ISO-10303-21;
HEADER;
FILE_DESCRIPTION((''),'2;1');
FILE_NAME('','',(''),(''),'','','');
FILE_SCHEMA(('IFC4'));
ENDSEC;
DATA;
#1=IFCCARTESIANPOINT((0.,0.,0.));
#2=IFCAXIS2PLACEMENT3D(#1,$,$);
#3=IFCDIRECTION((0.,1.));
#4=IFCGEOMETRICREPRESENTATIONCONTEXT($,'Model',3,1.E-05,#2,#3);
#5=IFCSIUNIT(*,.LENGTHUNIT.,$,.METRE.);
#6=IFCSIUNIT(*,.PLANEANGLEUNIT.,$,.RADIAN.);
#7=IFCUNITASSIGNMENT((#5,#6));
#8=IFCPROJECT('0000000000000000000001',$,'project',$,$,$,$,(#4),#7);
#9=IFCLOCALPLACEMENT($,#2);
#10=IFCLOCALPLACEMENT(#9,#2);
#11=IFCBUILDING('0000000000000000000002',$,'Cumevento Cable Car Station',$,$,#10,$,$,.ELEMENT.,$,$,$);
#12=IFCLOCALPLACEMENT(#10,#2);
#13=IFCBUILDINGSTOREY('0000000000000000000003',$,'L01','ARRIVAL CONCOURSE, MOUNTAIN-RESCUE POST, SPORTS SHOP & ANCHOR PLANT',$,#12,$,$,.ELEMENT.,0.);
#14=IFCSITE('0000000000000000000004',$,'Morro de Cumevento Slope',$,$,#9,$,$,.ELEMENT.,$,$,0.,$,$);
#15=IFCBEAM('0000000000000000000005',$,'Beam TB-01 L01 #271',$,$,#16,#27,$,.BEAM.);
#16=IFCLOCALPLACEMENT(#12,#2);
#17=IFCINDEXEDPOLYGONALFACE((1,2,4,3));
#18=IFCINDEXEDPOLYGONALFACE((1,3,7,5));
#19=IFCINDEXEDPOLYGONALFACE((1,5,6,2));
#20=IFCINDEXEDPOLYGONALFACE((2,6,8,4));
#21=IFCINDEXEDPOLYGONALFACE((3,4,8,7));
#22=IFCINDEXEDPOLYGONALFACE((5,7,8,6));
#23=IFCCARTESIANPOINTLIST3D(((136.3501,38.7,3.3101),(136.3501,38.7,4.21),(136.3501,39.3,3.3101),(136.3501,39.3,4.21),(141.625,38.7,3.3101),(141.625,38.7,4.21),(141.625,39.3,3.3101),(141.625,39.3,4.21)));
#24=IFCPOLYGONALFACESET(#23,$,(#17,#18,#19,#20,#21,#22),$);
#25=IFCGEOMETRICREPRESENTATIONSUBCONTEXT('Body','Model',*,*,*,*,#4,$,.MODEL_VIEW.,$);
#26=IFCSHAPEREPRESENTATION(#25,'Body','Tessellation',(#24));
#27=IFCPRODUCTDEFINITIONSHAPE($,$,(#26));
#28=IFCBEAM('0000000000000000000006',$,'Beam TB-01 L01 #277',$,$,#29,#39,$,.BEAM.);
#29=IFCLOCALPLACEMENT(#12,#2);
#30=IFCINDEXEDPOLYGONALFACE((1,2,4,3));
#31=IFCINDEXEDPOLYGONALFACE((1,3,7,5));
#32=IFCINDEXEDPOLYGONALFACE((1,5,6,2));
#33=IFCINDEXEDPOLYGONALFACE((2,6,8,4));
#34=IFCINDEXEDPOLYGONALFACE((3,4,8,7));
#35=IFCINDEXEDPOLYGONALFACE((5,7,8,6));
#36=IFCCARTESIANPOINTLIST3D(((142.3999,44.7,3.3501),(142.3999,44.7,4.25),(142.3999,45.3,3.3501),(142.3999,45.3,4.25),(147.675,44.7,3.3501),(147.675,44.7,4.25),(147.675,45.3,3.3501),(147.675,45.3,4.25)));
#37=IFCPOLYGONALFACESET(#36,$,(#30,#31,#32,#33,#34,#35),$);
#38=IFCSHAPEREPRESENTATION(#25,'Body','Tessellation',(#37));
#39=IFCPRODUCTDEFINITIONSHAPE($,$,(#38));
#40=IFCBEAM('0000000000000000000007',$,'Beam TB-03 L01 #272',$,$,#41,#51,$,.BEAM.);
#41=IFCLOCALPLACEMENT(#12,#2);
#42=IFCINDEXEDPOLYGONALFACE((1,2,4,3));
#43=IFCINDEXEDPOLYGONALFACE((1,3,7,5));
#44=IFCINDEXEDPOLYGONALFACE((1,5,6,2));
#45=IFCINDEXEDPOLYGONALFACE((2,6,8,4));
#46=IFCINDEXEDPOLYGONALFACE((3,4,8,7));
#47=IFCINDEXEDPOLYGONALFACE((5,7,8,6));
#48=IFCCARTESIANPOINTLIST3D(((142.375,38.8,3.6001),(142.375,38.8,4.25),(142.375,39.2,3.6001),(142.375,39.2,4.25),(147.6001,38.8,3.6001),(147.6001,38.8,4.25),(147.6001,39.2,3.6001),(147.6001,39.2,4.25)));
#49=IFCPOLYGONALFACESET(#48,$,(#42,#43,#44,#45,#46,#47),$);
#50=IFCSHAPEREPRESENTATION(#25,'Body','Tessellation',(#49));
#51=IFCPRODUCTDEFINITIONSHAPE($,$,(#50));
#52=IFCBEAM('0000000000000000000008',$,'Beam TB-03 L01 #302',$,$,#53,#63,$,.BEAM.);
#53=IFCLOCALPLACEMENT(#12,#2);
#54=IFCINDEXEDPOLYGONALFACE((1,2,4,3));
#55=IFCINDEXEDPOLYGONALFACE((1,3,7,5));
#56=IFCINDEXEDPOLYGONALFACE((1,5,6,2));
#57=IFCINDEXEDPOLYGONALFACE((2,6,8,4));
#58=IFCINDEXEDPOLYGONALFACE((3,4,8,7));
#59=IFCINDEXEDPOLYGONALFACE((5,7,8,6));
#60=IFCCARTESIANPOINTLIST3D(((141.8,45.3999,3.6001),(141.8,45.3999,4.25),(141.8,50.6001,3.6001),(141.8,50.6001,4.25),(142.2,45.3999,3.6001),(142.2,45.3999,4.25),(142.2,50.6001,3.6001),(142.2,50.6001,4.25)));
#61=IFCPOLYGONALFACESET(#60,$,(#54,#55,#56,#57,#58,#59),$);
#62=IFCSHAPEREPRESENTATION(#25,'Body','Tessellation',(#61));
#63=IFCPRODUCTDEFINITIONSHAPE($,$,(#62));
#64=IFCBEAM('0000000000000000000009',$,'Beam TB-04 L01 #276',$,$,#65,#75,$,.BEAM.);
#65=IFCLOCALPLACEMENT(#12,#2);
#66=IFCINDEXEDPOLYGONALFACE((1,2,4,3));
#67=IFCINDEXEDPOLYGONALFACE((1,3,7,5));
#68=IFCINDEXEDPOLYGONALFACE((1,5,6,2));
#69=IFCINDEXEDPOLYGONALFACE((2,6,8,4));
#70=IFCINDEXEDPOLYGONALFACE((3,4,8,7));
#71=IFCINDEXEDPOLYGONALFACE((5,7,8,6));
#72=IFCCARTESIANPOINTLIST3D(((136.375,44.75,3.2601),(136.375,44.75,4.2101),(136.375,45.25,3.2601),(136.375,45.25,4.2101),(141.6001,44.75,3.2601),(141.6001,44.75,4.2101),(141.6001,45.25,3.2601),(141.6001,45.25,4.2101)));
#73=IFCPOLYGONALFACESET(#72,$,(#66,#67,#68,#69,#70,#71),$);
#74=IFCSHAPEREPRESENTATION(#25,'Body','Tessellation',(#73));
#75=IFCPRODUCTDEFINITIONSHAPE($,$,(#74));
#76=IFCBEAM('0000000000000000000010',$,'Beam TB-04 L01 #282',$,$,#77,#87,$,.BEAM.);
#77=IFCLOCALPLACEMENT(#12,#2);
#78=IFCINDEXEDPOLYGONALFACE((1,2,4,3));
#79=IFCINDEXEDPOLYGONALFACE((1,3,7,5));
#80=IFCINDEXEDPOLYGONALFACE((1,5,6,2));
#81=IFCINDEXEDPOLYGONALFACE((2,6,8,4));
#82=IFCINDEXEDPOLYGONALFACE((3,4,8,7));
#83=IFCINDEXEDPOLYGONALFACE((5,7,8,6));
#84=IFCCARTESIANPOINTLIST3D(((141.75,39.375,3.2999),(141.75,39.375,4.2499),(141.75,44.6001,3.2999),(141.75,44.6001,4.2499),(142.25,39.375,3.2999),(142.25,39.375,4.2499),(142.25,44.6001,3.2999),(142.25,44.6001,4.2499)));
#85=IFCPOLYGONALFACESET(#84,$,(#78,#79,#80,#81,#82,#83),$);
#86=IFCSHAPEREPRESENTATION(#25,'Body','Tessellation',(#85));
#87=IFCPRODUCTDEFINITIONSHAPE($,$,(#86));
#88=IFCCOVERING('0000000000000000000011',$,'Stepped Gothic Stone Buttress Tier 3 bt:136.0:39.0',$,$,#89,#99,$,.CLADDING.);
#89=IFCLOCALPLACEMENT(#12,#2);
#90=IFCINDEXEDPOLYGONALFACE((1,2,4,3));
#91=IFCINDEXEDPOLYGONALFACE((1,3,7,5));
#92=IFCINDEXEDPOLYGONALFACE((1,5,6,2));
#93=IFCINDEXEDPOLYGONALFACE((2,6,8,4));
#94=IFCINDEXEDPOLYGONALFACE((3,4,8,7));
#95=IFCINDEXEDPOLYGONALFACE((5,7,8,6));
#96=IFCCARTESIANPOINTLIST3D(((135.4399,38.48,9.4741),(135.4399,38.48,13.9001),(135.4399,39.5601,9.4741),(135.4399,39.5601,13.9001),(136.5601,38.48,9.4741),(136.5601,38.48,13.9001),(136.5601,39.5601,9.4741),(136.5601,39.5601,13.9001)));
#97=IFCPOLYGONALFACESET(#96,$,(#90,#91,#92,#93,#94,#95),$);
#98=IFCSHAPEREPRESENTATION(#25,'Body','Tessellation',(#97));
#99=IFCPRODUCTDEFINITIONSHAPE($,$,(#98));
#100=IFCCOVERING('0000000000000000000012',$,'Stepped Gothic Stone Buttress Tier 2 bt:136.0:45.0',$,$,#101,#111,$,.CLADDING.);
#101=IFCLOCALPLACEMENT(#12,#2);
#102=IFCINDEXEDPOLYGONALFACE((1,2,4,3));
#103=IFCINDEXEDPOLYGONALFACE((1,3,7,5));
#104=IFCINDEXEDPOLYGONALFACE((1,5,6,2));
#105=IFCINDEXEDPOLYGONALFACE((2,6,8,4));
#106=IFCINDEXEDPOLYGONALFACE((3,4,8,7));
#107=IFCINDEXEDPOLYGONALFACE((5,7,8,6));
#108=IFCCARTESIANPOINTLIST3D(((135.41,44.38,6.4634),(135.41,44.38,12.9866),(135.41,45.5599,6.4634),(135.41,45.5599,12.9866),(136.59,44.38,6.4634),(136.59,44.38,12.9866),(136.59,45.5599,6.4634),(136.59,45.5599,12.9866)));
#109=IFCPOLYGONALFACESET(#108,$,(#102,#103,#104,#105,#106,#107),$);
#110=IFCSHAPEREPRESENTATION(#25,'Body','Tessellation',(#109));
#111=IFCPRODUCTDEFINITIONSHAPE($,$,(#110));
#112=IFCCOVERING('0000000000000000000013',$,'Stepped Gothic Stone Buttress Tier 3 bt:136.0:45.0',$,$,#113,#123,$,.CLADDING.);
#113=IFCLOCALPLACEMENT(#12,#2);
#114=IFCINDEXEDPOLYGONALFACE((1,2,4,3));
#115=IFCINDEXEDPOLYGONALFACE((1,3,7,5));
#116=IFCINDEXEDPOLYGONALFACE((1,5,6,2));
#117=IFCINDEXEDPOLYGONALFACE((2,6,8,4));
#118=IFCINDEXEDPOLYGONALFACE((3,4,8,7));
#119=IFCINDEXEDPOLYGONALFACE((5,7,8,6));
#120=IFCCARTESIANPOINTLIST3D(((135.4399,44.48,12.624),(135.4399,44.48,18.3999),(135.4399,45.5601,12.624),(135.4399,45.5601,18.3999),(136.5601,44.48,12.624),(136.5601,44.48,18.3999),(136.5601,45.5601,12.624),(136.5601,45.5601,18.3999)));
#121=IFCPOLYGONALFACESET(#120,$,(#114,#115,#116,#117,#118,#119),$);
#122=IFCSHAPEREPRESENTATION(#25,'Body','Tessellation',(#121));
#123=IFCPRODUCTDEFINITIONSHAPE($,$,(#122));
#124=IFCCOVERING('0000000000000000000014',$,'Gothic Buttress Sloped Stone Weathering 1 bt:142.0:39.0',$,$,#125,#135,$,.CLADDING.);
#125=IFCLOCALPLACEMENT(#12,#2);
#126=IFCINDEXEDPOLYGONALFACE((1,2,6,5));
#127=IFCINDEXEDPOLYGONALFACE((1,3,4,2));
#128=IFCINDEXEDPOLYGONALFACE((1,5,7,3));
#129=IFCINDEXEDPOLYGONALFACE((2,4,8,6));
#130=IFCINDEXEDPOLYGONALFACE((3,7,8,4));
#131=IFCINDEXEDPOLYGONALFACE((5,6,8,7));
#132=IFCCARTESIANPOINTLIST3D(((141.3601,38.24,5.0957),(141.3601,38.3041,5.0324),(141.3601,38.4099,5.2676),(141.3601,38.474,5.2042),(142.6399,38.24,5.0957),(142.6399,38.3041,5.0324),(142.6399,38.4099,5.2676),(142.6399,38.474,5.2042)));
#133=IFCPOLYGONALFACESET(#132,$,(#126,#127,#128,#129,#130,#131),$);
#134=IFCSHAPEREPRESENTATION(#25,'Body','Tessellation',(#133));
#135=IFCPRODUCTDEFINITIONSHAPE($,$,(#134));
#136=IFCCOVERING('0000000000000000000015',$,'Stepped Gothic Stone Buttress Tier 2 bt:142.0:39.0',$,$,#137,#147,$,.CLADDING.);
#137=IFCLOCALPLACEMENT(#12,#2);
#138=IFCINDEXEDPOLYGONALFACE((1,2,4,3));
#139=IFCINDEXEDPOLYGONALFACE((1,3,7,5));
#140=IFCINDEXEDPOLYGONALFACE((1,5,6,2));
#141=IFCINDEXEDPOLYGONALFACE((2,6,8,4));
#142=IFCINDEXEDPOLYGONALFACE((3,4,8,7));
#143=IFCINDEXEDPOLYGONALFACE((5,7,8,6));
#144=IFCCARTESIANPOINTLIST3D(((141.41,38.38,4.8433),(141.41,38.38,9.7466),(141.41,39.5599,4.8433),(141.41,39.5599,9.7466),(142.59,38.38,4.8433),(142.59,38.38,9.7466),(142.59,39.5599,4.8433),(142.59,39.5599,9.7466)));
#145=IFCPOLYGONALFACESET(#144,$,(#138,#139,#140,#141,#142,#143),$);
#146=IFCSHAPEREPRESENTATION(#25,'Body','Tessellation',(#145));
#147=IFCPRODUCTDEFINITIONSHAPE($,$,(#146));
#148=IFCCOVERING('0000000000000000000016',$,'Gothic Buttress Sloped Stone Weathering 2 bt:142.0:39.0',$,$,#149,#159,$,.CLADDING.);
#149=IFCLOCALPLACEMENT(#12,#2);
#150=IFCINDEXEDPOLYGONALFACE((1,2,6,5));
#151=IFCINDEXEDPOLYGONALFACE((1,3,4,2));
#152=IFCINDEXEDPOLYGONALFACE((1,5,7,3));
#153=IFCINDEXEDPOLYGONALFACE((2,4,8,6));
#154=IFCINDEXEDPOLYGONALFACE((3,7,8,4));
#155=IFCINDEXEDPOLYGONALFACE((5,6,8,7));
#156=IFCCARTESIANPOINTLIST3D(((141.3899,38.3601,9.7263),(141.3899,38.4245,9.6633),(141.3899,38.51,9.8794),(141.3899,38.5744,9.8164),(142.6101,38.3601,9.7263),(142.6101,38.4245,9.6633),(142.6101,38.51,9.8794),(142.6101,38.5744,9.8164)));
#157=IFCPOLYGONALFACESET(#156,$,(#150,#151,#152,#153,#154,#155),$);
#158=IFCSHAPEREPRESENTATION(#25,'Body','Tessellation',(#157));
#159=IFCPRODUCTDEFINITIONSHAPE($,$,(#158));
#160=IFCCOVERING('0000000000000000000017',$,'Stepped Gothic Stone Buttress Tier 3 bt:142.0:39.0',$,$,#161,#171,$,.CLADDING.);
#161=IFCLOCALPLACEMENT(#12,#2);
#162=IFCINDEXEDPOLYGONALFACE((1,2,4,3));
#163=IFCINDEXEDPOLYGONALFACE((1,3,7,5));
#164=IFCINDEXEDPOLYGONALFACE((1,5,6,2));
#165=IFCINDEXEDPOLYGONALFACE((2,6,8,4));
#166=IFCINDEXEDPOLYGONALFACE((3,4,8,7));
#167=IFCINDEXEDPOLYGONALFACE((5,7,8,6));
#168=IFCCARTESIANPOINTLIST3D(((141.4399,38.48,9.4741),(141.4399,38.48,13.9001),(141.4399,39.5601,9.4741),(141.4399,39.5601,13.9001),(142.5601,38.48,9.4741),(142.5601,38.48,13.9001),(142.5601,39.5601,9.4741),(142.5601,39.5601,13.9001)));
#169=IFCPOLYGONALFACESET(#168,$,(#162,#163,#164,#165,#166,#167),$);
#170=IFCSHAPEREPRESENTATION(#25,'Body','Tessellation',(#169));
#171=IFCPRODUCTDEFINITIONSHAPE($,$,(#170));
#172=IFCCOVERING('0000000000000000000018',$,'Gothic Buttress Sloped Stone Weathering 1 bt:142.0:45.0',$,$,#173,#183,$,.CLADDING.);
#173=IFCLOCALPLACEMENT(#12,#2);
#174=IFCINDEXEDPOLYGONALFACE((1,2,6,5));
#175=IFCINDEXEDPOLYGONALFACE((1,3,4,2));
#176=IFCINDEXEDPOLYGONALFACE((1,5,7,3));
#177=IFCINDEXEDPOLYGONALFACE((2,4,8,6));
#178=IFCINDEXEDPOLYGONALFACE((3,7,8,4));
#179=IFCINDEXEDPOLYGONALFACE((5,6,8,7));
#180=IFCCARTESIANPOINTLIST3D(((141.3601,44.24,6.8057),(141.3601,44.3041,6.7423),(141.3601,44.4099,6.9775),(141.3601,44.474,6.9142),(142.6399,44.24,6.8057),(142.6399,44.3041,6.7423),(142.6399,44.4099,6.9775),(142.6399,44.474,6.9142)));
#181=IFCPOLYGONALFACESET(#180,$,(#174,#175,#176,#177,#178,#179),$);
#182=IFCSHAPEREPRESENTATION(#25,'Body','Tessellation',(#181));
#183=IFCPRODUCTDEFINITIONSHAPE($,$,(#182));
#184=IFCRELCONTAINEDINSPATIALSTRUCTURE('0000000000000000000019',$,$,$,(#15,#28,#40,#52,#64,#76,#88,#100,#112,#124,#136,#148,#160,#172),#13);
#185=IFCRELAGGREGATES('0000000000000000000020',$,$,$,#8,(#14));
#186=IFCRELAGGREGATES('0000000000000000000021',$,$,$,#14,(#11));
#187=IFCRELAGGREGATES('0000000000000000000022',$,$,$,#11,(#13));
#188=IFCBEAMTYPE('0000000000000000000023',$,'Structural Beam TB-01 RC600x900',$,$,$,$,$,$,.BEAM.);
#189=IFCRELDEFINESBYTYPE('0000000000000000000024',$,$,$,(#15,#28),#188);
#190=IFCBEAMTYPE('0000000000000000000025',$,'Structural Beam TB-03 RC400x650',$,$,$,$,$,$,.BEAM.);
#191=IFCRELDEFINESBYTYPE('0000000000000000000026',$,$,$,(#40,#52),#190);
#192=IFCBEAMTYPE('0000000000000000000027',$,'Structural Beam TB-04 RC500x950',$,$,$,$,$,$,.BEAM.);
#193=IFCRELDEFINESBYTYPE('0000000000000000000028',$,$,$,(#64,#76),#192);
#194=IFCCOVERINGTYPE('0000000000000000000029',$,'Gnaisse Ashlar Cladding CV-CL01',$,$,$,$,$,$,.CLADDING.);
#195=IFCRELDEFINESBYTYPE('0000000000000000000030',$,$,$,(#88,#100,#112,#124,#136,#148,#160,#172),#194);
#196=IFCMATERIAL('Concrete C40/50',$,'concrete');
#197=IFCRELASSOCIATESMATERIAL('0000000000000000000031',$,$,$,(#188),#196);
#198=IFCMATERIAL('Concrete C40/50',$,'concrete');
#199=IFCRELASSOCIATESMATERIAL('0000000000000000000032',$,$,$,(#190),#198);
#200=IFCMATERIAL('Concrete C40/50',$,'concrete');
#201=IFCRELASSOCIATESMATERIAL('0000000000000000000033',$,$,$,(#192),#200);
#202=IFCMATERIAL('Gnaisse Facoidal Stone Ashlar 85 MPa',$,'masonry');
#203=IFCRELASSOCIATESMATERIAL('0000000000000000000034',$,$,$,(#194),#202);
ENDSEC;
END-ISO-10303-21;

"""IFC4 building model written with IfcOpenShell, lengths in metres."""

from ifc_helpers import new_model, si_unit, direction, frame, origin, origin_2d, place, context, subcontext, project, spatial, polyline, rectangle, outline, extrude, material, material_profile, profile_set, type_object, element, save


model = new_model("IFC4")

# Units and contexts
model_context = context("Model", 3, precision=1e-05, world=origin(), true_north=direction((0.0, 1.0)))
body_context = subcontext(model_context, "Body", "Model", "MODEL_VIEW")
ifc_project = project(units=[si_unit("LENGTHUNIT", "METRE"), si_unit("PLANEANGLEUNIT", "RADIAN")], contexts=[model_context])

# Site, building, storey
site_placement = place(None, origin())
site = spatial("IfcSite", under=ifc_project, at=site_placement, Name="Morro de Cumevento Slope", CompositionType="ELEMENT", RefElevation=0.0)
building_placement = place(site_placement, origin())
building = spatial("IfcBuilding", under=site, at=building_placement, Name="Cumevento Cable Car Station", CompositionType="ELEMENT")
storey_placement = place(building_placement, origin())
storey = spatial("IfcBuildingStorey", under=building, at=storey_placement, Name="L01", Description="ARRIVAL CONCOURSE, MOUNTAIN-RESCUE POST, SPORTS SHOP & ANCHOR PLANT", CompositionType="ELEMENT", Elevation=0.0)

# Beams
ifc_material_1 = material(Name="Concrete C40/50", Category="concrete")
ifc_material_profile_1 = material_profile(ifc_material_1, rectangle(XDim=0.6001, YDim=0.8999, at=origin_2d()), Name="RC600x900")
ifc_profile_set_1 = profile_set([ifc_material_profile_1], Name="Concrete C40/50")
beam_type_1 = type_object("IfcBeamType", Name="Structural Beam TB-01 RC600x900", PredefinedType="BEAM", material=ifc_profile_set_1)
beam_1_placement = place(storey_placement, frame((136.3501, 39.0, 3.76), z_axis=(1.0, 0.0, 0.0), x_axis=(0.0, 1.0, 0.0)))
element("IfcBeam", 1, at=beam_1_placement, inside=storey, type_object=beam_type_1, Name="Beam TB-01 L01 #271", PredefinedType="BEAM", context=body_context, shape_type="SweptSolid", body=[
    extrude(rectangle(XDim=0.6001, YDim=0.8999, at=origin_2d()), origin(), (0.0, 0.0, 1.0), 5.2749),
])
beam_2_placement = place(storey_placement, frame((142.3999, 45.0, 3.8), z_axis=(1.0, 0.0, 0.0), x_axis=(0.0, 1.0, 0.0)))
element("IfcBeam", 2, at=beam_2_placement, inside=storey, type_object=beam_type_1, Name="Beam TB-01 L01 #277", PredefinedType="BEAM", context=body_context, shape_type="SweptSolid", body=[
    extrude(rectangle(XDim=0.6001, YDim=0.8999, at=origin_2d()), origin(), (0.0, 0.0, 1.0), 5.2751),
])
ifc_material_2 = material(Name="Concrete C40/50", Category="concrete")
ifc_material_profile_2 = material_profile(ifc_material_2, rectangle(XDim=0.3999, YDim=0.6499, at=origin_2d()), Name="RC400x650")
ifc_profile_set_2 = profile_set([ifc_material_profile_2], Name="Concrete C40/50")
beam_type_2 = type_object("IfcBeamType", Name="Structural Beam TB-03 RC400x650", PredefinedType="BEAM", material=ifc_profile_set_2)
beam_3_placement = place(storey_placement, frame((142.375, 39.0, 3.925), z_axis=(1.0, 0.0, 0.0), x_axis=(0.0, 1.0, 0.0)))
element("IfcBeam", 3, at=beam_3_placement, inside=storey, type_object=beam_type_2, Name="Beam TB-03 L01 #272", PredefinedType="BEAM", context=body_context, shape_type="SweptSolid", body=[
    extrude(rectangle(XDim=0.3999, YDim=0.6499, at=origin_2d()), origin(), (0.0, 0.0, 1.0), 5.2251),
])
beam_4_placement = place(storey_placement, frame((142.0, 45.3999, 3.925), z_axis=(0.0, 1.0, 0.0), x_axis=(-1.0, 0.0, 0.0)))
element("IfcBeam", 4, at=beam_4_placement, inside=storey, type_object=beam_type_2, Name="Beam TB-03 L01 #302", PredefinedType="BEAM", context=body_context, shape_type="SweptSolid", body=[
    extrude(rectangle(XDim=0.3999, YDim=0.6499, at=origin_2d()), origin(), (0.0, 0.0, 1.0), 5.2002),
])
ifc_material_3 = material(Name="Concrete C40/50", Category="concrete")
ifc_material_profile_3 = material_profile(ifc_material_3, rectangle(XDim=0.5, YDim=0.95, at=origin_2d()), Name="RC500x950")
ifc_profile_set_3 = profile_set([ifc_material_profile_3], Name="Concrete C40/50")
beam_type_3 = type_object("IfcBeamType", Name="Structural Beam TB-04 RC500x950", PredefinedType="BEAM", material=ifc_profile_set_3)
for number, where, z_axis, x_axis, name in (
    (5, (136.375, 45.0, 3.7351), (1.0, 0.0, 0.0), (0.0, 1.0, 0.0), "Beam TB-04 L01 #276"),
    (6, (142.0, 39.375, 3.7749), (0.0, 1.0, 0.0), (-1.0, 0.0, 0.0), "Beam TB-04 L01 #282"),
):
    element("IfcBeam", number, at=place(storey_placement, frame(where, z_axis=z_axis, x_axis=x_axis)), inside=storey, type_object=beam_type_3, Name=name, PredefinedType="BEAM", context=body_context, shape_type="SweptSolid", body=[
        extrude(rectangle(XDim=0.5, YDim=0.95, at=origin_2d()), origin(), (0.0, 0.0, 1.0), 5.2251),
    ])

# Coverings
ifc_material_4 = material(Name="Gnaisse Facoidal Stone Ashlar 85 MPa", Category="masonry")
covering_type = type_object("IfcCoveringType", Name="Gnaisse Ashlar Cladding CV-CL01", PredefinedType="CLADDING", material=ifc_material_4)
covering_1_placement = place(storey_placement, frame((136.0, 39.02, 9.4741), z_axis=(0.0, 0.0, 1.0), x_axis=(1.0, 0.0, 0.0)))
element("IfcCovering", 7, at=covering_1_placement, inside=storey, type_object=covering_type, Name="Stepped Gothic Stone Buttress Tier 3 bt:136.0:39.0", PredefinedType="CLADDING", context=body_context, shape_type="SweptSolid", body=[
    extrude(rectangle(XDim=1.1201, YDim=1.0801, at=origin_2d()), origin(), (0.0, 0.0, 1.0), 4.426),
])
covering_2_placement = place(storey_placement, frame((136.0, 44.97, 6.4634), z_axis=(0.0, 0.0, 1.0), x_axis=(1.0, 0.0, 0.0)))
element("IfcCovering", 8, at=covering_2_placement, inside=storey, type_object=covering_type, Name="Stepped Gothic Stone Buttress Tier 2 bt:136.0:45.0", PredefinedType="CLADDING", context=body_context, shape_type="SweptSolid", body=[
    extrude(rectangle(XDim=1.1799, YDim=1.1799, at=origin_2d()), origin(), (0.0, 0.0, 1.0), 6.5232),
])
covering_3_placement = place(storey_placement, frame((136.0, 45.02, 12.624), z_axis=(0.0, 0.0, 1.0), x_axis=(1.0, 0.0, 0.0)))
element("IfcCovering", 9, at=covering_3_placement, inside=storey, type_object=covering_type, Name="Stepped Gothic Stone Buttress Tier 3 bt:136.0:45.0", PredefinedType="CLADDING", context=body_context, shape_type="SweptSolid", body=[
    extrude(rectangle(XDim=1.1201, YDim=1.0801, at=origin_2d()), origin(), (0.0, 0.0, 1.0), 5.7759),
])
covering_4_placement = place(storey_placement, frame((141.3601, 38.24, 5.0957), z_axis=(0.0, -0.711136, 0.703055), x_axis=(1.0, 0.0, 0.0)))
element("IfcCovering", 10, at=covering_4_placement, inside=storey, type_object=covering_type, Name="Gothic Buttress Sloped Stone Weathering 1 bt:142.0:39.0", PredefinedType="CLADDING", context=body_context, shape_type="SweptSolid", body=[
    extrude(outline(polyline([(0.0, 0.0), (1.2798, 0.0), (1.2798, 0.2417), (0.0, 0.2417), (0.0, 0.0)])), origin(), (0.0, 0.0, -1.0), 0.0901),
])
covering_5_placement = place(storey_placement, frame((142.0, 38.97, 4.8433), z_axis=(0.0, 0.0, 1.0), x_axis=(1.0, 0.0, 0.0)))
element("IfcCovering", 11, at=covering_5_placement, inside=storey, type_object=covering_type, Name="Stepped Gothic Stone Buttress Tier 2 bt:142.0:39.0", PredefinedType="CLADDING", context=body_context, shape_type="SweptSolid", body=[
    extrude(rectangle(XDim=1.1799, YDim=1.1799, at=origin_2d()), origin(), (0.0, 0.0, 1.0), 4.9033),
])
covering_6_placement = place(storey_placement, frame((141.3899, 38.3601, 9.7263), z_axis=(0.0, -0.714475, 0.699661), x_axis=(1.0, 0.0, 0.0)))
element("IfcCovering", 12, at=covering_6_placement, inside=storey, type_object=covering_type, Name="Gothic Buttress Sloped Stone Weathering 2 bt:142.0:39.0", PredefinedType="CLADDING", context=body_context, shape_type="SweptSolid", body=[
    extrude(outline(polyline([(0.0, 0.0), (1.2202, 0.0), (1.2202, 0.2142), (0.0, 0.2142), (0.0, 0.0)])), origin(), (0.0, 0.0, -1.0), 0.0901),
])
covering_7_placement = place(storey_placement, frame((142.0, 39.02, 9.4741), z_axis=(0.0, 0.0, 1.0), x_axis=(1.0, 0.0, 0.0)))
element("IfcCovering", 13, at=covering_7_placement, inside=storey, type_object=covering_type, Name="Stepped Gothic Stone Buttress Tier 3 bt:142.0:39.0", PredefinedType="CLADDING", context=body_context, shape_type="SweptSolid", body=[
    extrude(rectangle(XDim=1.1201, YDim=1.0801, at=origin_2d()), origin(), (0.0, 0.0, 1.0), 4.426),
])
covering_8_placement = place(storey_placement, frame((141.3601, 44.24, 6.8057), z_axis=(0.0, -0.711136, 0.703055), x_axis=(1.0, 0.0, 0.0)))
element("IfcCovering", 14, at=covering_8_placement, inside=storey, type_object=covering_type, Name="Gothic Buttress Sloped Stone Weathering 1 bt:142.0:45.0", PredefinedType="CLADDING", context=body_context, shape_type="SweptSolid", body=[
    extrude(outline(polyline([(0.0, 0.0), (1.2798, 0.0), (1.2798, 0.2417), (0.0, 0.2417), (0.0, 0.0)])), origin(), (0.0, 0.0, -1.0), 0.0901),
])

save(model, "model.ifc")
